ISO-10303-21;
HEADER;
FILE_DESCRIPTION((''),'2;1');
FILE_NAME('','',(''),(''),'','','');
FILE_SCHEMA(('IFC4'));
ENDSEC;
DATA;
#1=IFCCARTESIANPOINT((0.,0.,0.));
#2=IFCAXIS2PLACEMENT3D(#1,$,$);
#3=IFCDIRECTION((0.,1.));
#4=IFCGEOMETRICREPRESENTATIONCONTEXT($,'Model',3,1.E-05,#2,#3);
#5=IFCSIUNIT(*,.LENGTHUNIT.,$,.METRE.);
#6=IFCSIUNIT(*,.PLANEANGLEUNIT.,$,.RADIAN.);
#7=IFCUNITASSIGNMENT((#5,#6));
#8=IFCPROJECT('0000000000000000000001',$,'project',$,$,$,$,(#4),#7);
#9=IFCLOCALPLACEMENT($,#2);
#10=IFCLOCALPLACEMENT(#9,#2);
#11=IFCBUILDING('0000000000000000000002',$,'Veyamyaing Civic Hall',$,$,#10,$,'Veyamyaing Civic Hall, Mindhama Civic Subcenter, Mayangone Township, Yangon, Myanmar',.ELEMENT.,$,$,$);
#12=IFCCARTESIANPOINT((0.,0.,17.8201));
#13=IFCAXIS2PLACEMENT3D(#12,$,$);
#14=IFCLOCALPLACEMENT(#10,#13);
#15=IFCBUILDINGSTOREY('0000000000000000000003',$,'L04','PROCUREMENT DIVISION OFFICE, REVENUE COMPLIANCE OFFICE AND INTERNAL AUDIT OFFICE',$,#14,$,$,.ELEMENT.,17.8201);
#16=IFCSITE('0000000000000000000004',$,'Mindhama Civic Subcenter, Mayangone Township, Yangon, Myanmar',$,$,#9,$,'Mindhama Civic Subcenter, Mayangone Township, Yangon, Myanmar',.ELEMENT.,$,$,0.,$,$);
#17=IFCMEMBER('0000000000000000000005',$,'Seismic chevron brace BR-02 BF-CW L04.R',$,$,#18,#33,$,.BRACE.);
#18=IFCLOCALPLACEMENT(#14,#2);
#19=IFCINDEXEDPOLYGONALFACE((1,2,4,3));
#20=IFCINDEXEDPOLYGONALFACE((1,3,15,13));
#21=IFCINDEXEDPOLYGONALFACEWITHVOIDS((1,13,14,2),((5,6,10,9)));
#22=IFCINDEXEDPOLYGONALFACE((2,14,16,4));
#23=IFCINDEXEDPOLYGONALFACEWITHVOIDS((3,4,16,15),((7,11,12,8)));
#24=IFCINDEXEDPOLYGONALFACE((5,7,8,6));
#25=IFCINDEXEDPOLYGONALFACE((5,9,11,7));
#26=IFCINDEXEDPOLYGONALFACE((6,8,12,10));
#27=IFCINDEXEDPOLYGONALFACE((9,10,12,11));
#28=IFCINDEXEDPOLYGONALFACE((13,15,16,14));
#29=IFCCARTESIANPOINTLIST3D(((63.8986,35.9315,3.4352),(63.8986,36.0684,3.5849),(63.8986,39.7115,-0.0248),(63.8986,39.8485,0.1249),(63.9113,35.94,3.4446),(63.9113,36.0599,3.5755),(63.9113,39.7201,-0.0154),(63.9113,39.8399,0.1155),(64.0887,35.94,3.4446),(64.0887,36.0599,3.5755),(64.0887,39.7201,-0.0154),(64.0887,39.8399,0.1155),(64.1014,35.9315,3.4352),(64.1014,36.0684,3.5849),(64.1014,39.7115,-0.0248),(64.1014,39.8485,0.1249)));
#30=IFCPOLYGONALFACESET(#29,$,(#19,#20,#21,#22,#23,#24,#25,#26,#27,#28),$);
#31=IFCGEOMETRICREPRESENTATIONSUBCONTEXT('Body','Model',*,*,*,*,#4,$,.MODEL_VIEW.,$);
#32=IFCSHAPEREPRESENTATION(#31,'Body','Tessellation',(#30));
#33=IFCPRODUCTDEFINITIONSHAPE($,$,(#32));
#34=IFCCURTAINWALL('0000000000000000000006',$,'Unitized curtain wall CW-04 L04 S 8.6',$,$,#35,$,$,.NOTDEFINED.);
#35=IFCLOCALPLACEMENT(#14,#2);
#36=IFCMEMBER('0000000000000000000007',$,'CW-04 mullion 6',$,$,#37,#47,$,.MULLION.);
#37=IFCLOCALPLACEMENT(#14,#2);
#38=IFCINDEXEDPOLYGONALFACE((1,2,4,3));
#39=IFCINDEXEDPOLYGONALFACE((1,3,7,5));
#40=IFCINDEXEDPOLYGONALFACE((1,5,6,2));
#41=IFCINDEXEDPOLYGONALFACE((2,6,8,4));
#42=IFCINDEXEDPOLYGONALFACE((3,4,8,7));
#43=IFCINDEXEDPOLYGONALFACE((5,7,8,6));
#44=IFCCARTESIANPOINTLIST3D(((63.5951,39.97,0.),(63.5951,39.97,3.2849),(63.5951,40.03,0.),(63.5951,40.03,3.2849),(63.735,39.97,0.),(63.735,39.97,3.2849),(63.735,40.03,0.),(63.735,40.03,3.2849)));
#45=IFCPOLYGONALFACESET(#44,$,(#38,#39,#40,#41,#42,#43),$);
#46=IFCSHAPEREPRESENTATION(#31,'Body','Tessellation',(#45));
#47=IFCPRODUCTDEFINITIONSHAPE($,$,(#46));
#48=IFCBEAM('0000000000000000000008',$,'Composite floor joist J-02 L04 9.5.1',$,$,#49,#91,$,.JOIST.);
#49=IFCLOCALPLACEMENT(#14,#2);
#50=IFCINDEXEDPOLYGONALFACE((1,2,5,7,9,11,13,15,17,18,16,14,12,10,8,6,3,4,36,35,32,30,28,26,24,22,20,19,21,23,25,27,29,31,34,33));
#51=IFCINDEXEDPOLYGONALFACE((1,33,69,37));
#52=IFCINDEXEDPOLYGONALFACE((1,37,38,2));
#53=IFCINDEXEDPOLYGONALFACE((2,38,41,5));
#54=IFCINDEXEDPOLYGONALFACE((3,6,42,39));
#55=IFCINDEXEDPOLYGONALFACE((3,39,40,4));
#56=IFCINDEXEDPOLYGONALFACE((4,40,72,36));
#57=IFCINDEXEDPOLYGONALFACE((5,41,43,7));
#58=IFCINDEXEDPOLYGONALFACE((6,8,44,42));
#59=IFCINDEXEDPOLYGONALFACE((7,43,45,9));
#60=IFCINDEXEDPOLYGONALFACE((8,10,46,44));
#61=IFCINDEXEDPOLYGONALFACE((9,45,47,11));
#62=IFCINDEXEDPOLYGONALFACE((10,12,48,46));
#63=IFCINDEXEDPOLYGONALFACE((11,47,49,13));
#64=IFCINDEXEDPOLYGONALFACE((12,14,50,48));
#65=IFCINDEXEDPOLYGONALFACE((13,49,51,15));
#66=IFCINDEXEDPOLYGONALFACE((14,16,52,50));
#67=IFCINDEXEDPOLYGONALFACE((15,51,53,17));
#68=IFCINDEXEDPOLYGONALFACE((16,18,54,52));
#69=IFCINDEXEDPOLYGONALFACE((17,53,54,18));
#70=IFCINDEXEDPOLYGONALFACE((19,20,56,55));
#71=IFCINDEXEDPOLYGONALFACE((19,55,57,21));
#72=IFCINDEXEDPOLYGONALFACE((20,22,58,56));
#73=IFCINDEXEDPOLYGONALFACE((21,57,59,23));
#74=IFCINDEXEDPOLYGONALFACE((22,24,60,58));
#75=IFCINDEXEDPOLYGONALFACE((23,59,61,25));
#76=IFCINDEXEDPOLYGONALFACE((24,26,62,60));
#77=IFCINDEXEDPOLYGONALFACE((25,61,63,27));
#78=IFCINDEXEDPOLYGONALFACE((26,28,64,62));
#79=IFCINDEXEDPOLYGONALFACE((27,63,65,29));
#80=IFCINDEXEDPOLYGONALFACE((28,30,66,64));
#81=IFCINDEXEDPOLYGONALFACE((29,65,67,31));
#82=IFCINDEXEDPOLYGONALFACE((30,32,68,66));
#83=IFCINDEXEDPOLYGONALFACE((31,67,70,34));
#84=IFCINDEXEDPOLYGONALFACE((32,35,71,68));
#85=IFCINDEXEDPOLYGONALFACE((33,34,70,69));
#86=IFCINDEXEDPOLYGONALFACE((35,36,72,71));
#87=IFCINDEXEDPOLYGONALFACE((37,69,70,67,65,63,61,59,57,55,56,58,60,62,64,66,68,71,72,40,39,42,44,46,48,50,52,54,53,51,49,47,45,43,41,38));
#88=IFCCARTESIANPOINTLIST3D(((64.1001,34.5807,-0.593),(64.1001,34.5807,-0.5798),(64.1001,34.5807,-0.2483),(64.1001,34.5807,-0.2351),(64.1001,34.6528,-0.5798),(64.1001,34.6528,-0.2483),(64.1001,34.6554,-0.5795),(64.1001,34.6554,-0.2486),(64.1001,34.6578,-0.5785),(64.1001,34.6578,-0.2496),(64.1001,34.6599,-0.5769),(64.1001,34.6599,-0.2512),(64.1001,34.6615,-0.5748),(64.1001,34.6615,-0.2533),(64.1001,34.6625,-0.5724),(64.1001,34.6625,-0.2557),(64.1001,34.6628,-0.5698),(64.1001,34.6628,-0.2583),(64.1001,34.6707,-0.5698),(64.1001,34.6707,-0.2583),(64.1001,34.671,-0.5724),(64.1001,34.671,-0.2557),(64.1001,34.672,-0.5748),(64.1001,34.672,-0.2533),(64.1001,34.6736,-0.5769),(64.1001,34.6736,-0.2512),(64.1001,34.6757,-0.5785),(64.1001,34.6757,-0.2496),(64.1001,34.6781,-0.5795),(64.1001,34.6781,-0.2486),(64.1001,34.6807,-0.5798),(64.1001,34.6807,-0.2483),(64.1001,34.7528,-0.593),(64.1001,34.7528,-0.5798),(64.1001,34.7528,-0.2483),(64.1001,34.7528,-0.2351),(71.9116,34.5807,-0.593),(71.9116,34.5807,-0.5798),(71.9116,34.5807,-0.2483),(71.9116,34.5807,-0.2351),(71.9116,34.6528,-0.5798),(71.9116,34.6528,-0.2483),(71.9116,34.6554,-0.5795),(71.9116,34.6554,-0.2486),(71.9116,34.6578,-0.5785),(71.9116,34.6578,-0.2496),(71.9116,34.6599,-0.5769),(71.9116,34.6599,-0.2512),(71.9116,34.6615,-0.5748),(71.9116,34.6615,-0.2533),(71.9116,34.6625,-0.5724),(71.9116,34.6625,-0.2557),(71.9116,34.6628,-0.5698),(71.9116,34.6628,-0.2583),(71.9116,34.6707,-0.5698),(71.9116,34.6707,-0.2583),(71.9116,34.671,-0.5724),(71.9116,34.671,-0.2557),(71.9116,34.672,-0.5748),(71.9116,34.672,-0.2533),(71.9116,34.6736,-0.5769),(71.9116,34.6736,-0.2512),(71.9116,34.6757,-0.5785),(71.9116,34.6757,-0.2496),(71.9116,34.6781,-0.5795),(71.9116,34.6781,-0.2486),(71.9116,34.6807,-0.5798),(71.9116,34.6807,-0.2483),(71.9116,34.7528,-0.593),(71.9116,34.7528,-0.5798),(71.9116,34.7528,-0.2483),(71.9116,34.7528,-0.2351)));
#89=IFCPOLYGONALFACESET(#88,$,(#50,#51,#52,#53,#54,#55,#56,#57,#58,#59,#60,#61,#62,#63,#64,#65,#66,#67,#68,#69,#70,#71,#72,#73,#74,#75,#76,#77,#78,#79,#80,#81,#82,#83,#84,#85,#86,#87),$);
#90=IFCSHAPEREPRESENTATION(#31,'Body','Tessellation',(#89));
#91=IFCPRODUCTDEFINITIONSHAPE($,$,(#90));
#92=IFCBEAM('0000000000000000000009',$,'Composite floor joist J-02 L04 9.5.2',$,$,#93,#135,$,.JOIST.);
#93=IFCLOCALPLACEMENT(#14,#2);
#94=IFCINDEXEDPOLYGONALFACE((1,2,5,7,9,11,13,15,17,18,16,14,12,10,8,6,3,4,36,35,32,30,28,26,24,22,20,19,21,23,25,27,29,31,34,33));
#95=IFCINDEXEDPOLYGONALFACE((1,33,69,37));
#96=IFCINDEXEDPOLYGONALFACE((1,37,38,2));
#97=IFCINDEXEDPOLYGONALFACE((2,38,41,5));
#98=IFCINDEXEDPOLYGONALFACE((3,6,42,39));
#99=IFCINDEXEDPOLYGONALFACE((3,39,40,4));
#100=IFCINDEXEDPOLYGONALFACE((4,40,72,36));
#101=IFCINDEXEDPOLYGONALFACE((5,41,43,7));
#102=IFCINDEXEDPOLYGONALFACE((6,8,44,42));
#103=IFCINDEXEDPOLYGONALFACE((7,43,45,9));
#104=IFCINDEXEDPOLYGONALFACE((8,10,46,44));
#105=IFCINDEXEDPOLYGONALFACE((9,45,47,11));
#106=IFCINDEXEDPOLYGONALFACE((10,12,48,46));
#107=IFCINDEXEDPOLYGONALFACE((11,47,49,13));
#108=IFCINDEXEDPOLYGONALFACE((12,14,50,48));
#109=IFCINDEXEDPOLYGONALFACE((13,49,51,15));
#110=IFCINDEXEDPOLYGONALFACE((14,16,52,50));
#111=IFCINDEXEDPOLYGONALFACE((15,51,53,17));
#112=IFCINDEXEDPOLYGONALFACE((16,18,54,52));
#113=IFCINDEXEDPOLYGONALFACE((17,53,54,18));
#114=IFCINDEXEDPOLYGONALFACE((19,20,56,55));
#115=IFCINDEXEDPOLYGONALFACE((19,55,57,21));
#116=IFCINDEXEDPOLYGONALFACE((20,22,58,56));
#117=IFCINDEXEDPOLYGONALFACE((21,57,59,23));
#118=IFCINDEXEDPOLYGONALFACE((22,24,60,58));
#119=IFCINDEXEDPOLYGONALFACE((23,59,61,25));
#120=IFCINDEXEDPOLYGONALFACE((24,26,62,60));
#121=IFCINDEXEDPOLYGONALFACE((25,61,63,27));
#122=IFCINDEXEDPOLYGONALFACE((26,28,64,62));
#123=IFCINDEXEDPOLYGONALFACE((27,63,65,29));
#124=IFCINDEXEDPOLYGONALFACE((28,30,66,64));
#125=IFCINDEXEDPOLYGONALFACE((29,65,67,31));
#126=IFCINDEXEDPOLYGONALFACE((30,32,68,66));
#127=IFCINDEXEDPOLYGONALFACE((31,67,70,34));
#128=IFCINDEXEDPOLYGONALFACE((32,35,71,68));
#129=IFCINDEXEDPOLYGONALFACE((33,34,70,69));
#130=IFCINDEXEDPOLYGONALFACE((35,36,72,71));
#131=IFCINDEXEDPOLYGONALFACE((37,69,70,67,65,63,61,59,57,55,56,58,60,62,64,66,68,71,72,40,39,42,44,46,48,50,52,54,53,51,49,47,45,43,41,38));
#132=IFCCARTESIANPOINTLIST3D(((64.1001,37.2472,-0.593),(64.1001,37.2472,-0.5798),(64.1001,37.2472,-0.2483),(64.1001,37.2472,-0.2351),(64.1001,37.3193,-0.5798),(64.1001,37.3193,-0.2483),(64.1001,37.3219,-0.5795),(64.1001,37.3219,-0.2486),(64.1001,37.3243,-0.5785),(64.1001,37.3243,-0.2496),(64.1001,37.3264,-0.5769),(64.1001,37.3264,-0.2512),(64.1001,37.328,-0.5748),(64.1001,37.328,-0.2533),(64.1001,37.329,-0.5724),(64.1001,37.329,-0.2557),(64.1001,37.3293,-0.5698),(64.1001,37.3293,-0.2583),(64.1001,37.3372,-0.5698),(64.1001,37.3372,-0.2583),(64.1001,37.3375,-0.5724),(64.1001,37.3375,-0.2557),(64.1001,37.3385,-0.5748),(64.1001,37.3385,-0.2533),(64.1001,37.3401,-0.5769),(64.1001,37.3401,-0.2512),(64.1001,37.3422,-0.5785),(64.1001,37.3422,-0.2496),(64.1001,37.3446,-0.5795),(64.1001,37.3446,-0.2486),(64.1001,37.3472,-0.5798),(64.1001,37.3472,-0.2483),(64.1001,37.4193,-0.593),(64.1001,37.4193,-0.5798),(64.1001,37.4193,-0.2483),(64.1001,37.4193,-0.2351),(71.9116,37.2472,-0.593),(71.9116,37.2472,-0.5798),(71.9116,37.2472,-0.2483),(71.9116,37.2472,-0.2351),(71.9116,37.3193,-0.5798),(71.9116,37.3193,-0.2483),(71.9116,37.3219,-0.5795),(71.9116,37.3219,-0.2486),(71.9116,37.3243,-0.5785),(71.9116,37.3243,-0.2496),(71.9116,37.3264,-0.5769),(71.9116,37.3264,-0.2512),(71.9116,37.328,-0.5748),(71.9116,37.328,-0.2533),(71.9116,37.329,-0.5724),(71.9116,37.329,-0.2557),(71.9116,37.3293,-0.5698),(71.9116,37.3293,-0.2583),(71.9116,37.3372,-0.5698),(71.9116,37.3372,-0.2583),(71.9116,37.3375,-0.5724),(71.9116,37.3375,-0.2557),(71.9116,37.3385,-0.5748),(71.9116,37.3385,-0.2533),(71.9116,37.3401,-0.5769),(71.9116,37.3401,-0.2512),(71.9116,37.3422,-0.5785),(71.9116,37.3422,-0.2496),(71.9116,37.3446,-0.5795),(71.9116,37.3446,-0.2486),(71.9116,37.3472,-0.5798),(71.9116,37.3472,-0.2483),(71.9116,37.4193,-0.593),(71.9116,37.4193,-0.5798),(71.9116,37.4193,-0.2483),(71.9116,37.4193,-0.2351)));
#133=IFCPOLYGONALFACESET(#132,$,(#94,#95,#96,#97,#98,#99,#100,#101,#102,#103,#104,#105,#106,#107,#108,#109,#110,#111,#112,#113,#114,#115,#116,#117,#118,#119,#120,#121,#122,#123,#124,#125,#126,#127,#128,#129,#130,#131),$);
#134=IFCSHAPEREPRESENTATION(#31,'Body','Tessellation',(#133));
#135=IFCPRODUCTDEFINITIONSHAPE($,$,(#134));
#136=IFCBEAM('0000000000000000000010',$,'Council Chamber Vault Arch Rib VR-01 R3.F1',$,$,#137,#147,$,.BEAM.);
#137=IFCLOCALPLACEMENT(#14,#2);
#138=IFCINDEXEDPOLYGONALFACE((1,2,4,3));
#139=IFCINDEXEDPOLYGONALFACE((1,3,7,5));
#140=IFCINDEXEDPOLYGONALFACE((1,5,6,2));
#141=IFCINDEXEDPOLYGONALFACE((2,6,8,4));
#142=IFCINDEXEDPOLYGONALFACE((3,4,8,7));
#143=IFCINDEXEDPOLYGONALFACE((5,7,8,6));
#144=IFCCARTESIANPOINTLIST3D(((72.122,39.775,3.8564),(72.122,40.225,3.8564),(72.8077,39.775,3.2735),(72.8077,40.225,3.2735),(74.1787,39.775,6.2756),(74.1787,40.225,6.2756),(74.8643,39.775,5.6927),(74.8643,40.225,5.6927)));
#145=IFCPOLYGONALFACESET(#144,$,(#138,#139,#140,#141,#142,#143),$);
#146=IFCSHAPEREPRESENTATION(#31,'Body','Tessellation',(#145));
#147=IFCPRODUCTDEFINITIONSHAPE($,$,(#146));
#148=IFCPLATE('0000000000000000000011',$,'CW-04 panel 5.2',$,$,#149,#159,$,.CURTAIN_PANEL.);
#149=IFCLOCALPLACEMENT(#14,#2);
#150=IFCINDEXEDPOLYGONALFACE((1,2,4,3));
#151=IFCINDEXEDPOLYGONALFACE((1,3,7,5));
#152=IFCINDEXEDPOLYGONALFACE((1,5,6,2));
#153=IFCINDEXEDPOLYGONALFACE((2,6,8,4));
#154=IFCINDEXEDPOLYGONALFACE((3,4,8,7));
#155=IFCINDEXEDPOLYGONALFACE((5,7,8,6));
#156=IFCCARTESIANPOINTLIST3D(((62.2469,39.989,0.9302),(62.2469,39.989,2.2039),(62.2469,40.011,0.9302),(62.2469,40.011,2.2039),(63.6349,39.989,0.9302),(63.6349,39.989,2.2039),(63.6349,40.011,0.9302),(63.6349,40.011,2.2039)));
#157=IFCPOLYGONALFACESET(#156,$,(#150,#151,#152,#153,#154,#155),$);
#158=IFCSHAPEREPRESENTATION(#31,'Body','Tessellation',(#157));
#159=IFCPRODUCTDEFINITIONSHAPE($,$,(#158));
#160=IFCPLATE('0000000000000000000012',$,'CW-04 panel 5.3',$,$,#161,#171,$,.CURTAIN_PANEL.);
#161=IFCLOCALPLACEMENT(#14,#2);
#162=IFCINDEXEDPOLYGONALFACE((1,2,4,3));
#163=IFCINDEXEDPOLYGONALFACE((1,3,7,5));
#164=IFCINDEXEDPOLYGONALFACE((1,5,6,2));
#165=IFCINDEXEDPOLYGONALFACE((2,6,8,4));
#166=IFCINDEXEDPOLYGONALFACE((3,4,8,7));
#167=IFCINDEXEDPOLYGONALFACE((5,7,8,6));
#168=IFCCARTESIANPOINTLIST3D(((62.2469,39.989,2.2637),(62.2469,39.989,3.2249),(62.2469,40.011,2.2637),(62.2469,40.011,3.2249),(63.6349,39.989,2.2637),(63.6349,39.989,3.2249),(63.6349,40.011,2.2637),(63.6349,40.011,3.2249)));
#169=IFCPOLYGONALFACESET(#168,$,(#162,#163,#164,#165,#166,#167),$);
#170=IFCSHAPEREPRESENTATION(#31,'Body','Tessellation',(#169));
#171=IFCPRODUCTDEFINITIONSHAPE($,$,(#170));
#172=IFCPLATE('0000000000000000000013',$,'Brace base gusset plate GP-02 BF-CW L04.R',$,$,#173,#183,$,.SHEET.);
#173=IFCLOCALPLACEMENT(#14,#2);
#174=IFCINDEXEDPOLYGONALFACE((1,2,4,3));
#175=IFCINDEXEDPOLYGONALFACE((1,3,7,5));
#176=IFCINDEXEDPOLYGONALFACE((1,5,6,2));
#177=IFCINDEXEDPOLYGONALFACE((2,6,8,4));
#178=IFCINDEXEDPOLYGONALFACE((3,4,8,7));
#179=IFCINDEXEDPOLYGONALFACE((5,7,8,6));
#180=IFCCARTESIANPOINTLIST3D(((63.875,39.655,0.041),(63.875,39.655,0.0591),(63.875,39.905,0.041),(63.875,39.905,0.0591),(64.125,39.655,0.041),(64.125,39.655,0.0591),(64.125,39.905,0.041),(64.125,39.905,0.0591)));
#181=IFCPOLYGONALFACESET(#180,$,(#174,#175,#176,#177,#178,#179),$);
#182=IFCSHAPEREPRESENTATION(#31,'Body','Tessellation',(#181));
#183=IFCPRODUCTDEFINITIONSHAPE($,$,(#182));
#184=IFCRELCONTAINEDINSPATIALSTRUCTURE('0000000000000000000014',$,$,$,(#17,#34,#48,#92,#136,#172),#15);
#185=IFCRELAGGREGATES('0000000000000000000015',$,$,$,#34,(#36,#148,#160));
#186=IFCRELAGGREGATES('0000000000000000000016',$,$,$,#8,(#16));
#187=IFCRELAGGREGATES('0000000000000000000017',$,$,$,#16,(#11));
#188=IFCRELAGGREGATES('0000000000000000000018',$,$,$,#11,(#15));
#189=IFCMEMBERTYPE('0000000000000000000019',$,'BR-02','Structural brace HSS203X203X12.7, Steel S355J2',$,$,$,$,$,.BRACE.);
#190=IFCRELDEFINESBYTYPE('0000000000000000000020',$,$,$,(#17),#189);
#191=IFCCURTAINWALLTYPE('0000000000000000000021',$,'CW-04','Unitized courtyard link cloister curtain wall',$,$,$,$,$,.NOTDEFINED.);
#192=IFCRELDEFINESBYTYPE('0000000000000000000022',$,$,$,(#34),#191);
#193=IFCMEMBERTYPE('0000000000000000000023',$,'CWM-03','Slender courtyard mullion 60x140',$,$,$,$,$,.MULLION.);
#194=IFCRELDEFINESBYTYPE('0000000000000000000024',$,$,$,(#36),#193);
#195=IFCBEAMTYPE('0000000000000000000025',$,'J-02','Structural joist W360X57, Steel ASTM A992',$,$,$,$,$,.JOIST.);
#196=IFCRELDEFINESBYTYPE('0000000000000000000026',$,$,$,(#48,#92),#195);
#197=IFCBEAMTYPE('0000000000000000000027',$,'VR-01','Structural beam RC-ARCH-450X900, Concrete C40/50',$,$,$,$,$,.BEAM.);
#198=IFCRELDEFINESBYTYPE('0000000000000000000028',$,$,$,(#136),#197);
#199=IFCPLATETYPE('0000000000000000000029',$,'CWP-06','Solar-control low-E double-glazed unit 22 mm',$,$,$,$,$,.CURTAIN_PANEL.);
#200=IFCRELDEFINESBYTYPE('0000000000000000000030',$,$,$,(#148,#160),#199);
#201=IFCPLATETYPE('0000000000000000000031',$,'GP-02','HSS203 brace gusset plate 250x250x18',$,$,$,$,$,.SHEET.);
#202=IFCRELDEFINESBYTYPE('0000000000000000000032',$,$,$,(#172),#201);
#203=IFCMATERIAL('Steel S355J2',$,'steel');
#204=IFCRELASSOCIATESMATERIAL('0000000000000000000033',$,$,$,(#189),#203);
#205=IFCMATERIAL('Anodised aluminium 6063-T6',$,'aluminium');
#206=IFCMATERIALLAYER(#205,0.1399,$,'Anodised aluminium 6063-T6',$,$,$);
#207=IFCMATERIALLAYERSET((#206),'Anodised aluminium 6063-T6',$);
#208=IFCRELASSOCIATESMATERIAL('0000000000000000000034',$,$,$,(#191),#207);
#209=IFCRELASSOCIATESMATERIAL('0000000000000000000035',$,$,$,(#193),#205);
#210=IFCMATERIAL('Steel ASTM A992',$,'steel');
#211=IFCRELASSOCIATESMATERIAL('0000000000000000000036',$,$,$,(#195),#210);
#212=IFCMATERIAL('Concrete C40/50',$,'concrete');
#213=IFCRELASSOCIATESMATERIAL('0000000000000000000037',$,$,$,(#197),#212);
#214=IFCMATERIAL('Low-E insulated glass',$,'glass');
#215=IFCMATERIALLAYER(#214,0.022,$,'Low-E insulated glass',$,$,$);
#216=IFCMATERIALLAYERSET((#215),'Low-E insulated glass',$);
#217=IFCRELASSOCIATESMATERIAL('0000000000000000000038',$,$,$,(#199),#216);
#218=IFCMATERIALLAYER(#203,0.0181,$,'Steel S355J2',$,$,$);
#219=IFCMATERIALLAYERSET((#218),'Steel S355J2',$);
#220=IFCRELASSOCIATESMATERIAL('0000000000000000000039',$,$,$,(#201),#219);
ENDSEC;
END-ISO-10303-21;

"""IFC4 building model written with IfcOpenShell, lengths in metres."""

from ifc_helpers import new_model, si_unit, direction, frame, origin, origin_2d, place, context, subcontext, project, spatial, rectangle, hollow_rectangle, i_section, extrude, material, layer, layer_set, material_profile, profile_set, type_object, element, aggregate, save


model = new_model("IFC4")

# Units and contexts
model_context = context("Model", 3, precision=1e-05, world=origin(), true_north=direction((0.0, 1.0)))
body_context = subcontext(model_context, "Body", "Model", "MODEL_VIEW")
ifc_project = project(units=[si_unit("LENGTHUNIT", "METRE"), si_unit("PLANEANGLEUNIT", "RADIAN")], contexts=[model_context])

# Site, building, storey
site_placement = place(None, origin())
site = spatial("IfcSite", under=ifc_project, at=site_placement, Name="Mindhama Civic Subcenter, Mayangone Township, Yangon, Myanmar", LongName="Mindhama Civic Subcenter, Mayangone Township, Yangon, Myanmar", CompositionType="ELEMENT", RefElevation=0.0)
building_placement = place(site_placement, origin())
building = spatial("IfcBuilding", under=site, at=building_placement, Name="Veyamyaing Civic Hall", LongName="Veyamyaing Civic Hall, Mindhama Civic Subcenter, Mayangone Township, Yangon, Myanmar", CompositionType="ELEMENT")
storey_placement = place(building_placement, frame((0.0, 0.0, 17.8201)))
storey = spatial("IfcBuildingStorey", under=building, at=storey_placement, Name="L04", Description="PROCUREMENT DIVISION OFFICE, REVENUE COMPLIANCE OFFICE AND INTERNAL AUDIT OFFICE", CompositionType="ELEMENT", Elevation=17.8201)

# Shared definitions
ifc_material_1 = material(Name="Steel ASTM A992", Category="steel")

# Member
ifc_material_2 = material(Name="Steel S355J2", Category="steel")
ifc_material_profile_1 = material_profile(ifc_material_2, hollow_rectangle(XDim=0.2029, YDim=0.2029, WallThickness=0.0127, at=origin_2d()), Name="HSS203X203X12.7")
ifc_profile_set_1 = profile_set([ifc_material_profile_1], Name="Steel S355J2")
member_type_1 = type_object("IfcMemberType", Name="BR-02", Description="Structural brace HSS203X203X12.7, Steel S355J2", PredefinedType="BRACE", material=ifc_profile_set_1)
member_1_placement = place(storey_placement, frame((64.0, 39.78, 0.05), z_axis=(0.0, -0.737646, 0.675187), x_axis=(1.0, 0.0, 0.0)))
element("IfcMember", 1, at=member_1_placement, inside=storey, type_object=member_type_1, Name="Seismic chevron brace BR-02 BF-CW L04.R", PredefinedType="BRACE", context=body_context, shape_type="SweptSolid", body=[
    extrude(hollow_rectangle(XDim=0.2029, YDim=0.2029, WallThickness=0.0127, at=origin_2d()), origin(), (0.0, 0.0, 1.0), 5.1245),
])

# Curtain wall, member
ifc_material_3 = material(Name="Anodised aluminium 6063-T6", Category="aluminium")
ifc_layer_1 = layer(ifc_material_3, 0.1399, Name="Anodised aluminium 6063-T6")
ifc_layer_set_1 = layer_set([ifc_layer_1], Name="Anodised aluminium 6063-T6")
curtain_wall_type = type_object("IfcCurtainWallType", Name="CW-04", Description="Unitized courtyard link cloister curtain wall", PredefinedType="NOTDEFINED", material=ifc_layer_set_1)
curtain_wall_placement = place(storey_placement, origin())
curtain_wall = element("IfcCurtainWall", 2, at=curtain_wall_placement, inside=storey, type_object=curtain_wall_type, Name="Unitized curtain wall CW-04 L04 S 8.6", PredefinedType="NOTDEFINED")
ifc_material_profile_2 = material_profile(ifc_material_3, rectangle(XDim=0.0601, YDim=0.1399, at=origin_2d()), Name="ALU-MUL-60X140")
ifc_profile_set_2 = profile_set([ifc_material_profile_2], Name="Anodised aluminium 6063-T6")
member_type_2 = type_object("IfcMemberType", Name="CWM-03", Description="Slender courtyard mullion 60x140", PredefinedType="MULLION", material=ifc_profile_set_2)
member_2_placement = place(storey_placement, frame((63.665, 40.0, 0.0), z_axis=(0.0, 0.0, 1.0), x_axis=(0.0, 1.0, 0.0)))
member_2 = element("IfcMember", 3, at=member_2_placement, type_object=member_type_2, Name="CW-04 mullion 6", PredefinedType="MULLION", context=body_context, shape_type="SweptSolid", body=[
    extrude(rectangle(XDim=0.0601, YDim=0.1399, at=origin_2d()), origin(), (0.0, 0.0, 1.0), 3.2849),
])

# Beams
ifc_material_profile_3 = material_profile(ifc_material_1, i_section(OverallWidth=0.1721, OverallDepth=0.3579, WebThickness=0.0078, FlangeThickness=0.0132, FilletRadius=0.01, at=origin_2d()), Name="W360X57")
ifc_profile_set_3 = profile_set([ifc_material_profile_3], Name="Steel ASTM A992")
beam_type_1 = type_object("IfcBeamType", Name="J-02", Description="Structural joist W360X57, Steel ASTM A992", PredefinedType="JOIST", material=ifc_profile_set_3)
for number, where, z_axis, x_axis, name in (
    (4, (64.1001, 34.6667, -0.4141), (1.0, 0.0, 0.0), (0.0, 1.0, 0.0), "Composite floor joist J-02 L04 9.5.1"),
    (5, (64.1001, 37.3333, -0.4141), (1.0, 0.0, 0.0), (0.0, 1.0, 0.0), "Composite floor joist J-02 L04 9.5.2"),
):
    element("IfcBeam", number, at=place(storey_placement, frame(where, z_axis=z_axis, x_axis=x_axis)), inside=storey, type_object=beam_type_1, Name=name, PredefinedType="JOIST", context=body_context, shape_type="SweptSolid", body=[
        extrude(i_section(OverallWidth=0.1721, OverallDepth=0.3579, WebThickness=0.0078, FlangeThickness=0.0132, FilletRadius=0.01, at=origin_2d()), origin(), (0.0, 0.0, 1.0), 7.8115),
    ])
ifc_material_4 = material(Name="Concrete C40/50", Category="concrete")
ifc_material_profile_4 = material_profile(ifc_material_4, rectangle(XDim=0.45, YDim=0.8999, at=origin_2d()), Name="RC-ARCH-450X900")
ifc_profile_set_4 = profile_set([ifc_material_profile_4], Name="Concrete C40/50")
beam_type_2 = type_object("IfcBeamType", Name="VR-01", Description="Structural beam RC-ARCH-450X900, Concrete C40/50", PredefinedType="BEAM", material=ifc_profile_set_4)
beam_1_placement = place(storey_placement, frame((72.4648, 40.0, 3.5649), z_axis=(0.647709, 0.0, 0.761888), x_axis=(0.0, 1.0, 0.0)))
element("IfcBeam", 6, at=beam_1_placement, inside=storey, type_object=beam_type_2, Name="Council Chamber Vault Arch Rib VR-01 R3.F1", PredefinedType="BEAM", context=body_context, shape_type="SweptSolid", body=[
    extrude(rectangle(XDim=0.45, YDim=0.8999, at=origin_2d()), origin(), (0.0, 0.0, 1.0), 3.1753),
])

# Plates
ifc_material_5 = material(Name="Low-E insulated glass", Category="glass")
ifc_layer_2 = layer(ifc_material_5, 0.022, Name="Low-E insulated glass")
ifc_layer_set_2 = layer_set([ifc_layer_2], Name="Low-E insulated glass")
plate_type_1 = type_object("IfcPlateType", Name="CWP-06", Description="Solar-control low-E double-glazed unit 22 mm", PredefinedType="CURTAIN_PANEL", material=ifc_layer_set_2)
plate_1_placement = place(storey_placement, frame((62.9409, 40.0, 0.9302), z_axis=(0.0, 0.0, 1.0), x_axis=(1.0, 0.0, 0.0)))
plate_1 = element("IfcPlate", 7, at=plate_1_placement, type_object=plate_type_1, Name="CW-04 panel 5.2", PredefinedType="CURTAIN_PANEL", context=body_context, shape_type="SweptSolid", body=[
    extrude(rectangle(XDim=1.3879, YDim=0.022, at=origin_2d()), origin(), (0.0, 0.0, 1.0), 1.2737),
])
plate_2_placement = place(storey_placement, frame((62.9409, 40.0, 2.2637), z_axis=(0.0, 0.0, 1.0), x_axis=(1.0, 0.0, 0.0)))
plate_2 = element("IfcPlate", 8, at=plate_2_placement, type_object=plate_type_1, Name="CW-04 panel 5.3", PredefinedType="CURTAIN_PANEL", context=body_context, shape_type="SweptSolid", body=[
    extrude(rectangle(XDim=1.3879, YDim=0.022, at=origin_2d()), origin(), (0.0, 0.0, 1.0), 0.9612),
])
aggregate(curtain_wall, [member_2, plate_1, plate_2])

# Plate
ifc_layer_3 = layer(ifc_material_2, 0.0181, Name="Steel S355J2")
ifc_layer_set_3 = layer_set([ifc_layer_3], Name="Steel S355J2")
plate_type_2 = type_object("IfcPlateType", Name="GP-02", Description="HSS203 brace gusset plate 250x250x18", PredefinedType="SHEET", material=ifc_layer_set_3)
for number, where, z_axis, x_axis, name in (
    (9, (64.0, 39.78, 0.041), (0.0, 0.0, 1.0), (1.0, 0.0, 0.0), "Brace base gusset plate GP-02 BF-CW L04.R"),
):
    element("IfcPlate", number, at=place(storey_placement, frame(where, z_axis=z_axis, x_axis=x_axis)), inside=storey, type_object=plate_type_2, Name=name, PredefinedType="SHEET", context=body_context, shape_type="SweptSolid", body=[
        extrude(rectangle(XDim=0.25, YDim=0.25, at=origin_2d()), origin(), (0.0, 0.0, 1.0), 0.0181),
    ])

save(model, "model.ifc")
